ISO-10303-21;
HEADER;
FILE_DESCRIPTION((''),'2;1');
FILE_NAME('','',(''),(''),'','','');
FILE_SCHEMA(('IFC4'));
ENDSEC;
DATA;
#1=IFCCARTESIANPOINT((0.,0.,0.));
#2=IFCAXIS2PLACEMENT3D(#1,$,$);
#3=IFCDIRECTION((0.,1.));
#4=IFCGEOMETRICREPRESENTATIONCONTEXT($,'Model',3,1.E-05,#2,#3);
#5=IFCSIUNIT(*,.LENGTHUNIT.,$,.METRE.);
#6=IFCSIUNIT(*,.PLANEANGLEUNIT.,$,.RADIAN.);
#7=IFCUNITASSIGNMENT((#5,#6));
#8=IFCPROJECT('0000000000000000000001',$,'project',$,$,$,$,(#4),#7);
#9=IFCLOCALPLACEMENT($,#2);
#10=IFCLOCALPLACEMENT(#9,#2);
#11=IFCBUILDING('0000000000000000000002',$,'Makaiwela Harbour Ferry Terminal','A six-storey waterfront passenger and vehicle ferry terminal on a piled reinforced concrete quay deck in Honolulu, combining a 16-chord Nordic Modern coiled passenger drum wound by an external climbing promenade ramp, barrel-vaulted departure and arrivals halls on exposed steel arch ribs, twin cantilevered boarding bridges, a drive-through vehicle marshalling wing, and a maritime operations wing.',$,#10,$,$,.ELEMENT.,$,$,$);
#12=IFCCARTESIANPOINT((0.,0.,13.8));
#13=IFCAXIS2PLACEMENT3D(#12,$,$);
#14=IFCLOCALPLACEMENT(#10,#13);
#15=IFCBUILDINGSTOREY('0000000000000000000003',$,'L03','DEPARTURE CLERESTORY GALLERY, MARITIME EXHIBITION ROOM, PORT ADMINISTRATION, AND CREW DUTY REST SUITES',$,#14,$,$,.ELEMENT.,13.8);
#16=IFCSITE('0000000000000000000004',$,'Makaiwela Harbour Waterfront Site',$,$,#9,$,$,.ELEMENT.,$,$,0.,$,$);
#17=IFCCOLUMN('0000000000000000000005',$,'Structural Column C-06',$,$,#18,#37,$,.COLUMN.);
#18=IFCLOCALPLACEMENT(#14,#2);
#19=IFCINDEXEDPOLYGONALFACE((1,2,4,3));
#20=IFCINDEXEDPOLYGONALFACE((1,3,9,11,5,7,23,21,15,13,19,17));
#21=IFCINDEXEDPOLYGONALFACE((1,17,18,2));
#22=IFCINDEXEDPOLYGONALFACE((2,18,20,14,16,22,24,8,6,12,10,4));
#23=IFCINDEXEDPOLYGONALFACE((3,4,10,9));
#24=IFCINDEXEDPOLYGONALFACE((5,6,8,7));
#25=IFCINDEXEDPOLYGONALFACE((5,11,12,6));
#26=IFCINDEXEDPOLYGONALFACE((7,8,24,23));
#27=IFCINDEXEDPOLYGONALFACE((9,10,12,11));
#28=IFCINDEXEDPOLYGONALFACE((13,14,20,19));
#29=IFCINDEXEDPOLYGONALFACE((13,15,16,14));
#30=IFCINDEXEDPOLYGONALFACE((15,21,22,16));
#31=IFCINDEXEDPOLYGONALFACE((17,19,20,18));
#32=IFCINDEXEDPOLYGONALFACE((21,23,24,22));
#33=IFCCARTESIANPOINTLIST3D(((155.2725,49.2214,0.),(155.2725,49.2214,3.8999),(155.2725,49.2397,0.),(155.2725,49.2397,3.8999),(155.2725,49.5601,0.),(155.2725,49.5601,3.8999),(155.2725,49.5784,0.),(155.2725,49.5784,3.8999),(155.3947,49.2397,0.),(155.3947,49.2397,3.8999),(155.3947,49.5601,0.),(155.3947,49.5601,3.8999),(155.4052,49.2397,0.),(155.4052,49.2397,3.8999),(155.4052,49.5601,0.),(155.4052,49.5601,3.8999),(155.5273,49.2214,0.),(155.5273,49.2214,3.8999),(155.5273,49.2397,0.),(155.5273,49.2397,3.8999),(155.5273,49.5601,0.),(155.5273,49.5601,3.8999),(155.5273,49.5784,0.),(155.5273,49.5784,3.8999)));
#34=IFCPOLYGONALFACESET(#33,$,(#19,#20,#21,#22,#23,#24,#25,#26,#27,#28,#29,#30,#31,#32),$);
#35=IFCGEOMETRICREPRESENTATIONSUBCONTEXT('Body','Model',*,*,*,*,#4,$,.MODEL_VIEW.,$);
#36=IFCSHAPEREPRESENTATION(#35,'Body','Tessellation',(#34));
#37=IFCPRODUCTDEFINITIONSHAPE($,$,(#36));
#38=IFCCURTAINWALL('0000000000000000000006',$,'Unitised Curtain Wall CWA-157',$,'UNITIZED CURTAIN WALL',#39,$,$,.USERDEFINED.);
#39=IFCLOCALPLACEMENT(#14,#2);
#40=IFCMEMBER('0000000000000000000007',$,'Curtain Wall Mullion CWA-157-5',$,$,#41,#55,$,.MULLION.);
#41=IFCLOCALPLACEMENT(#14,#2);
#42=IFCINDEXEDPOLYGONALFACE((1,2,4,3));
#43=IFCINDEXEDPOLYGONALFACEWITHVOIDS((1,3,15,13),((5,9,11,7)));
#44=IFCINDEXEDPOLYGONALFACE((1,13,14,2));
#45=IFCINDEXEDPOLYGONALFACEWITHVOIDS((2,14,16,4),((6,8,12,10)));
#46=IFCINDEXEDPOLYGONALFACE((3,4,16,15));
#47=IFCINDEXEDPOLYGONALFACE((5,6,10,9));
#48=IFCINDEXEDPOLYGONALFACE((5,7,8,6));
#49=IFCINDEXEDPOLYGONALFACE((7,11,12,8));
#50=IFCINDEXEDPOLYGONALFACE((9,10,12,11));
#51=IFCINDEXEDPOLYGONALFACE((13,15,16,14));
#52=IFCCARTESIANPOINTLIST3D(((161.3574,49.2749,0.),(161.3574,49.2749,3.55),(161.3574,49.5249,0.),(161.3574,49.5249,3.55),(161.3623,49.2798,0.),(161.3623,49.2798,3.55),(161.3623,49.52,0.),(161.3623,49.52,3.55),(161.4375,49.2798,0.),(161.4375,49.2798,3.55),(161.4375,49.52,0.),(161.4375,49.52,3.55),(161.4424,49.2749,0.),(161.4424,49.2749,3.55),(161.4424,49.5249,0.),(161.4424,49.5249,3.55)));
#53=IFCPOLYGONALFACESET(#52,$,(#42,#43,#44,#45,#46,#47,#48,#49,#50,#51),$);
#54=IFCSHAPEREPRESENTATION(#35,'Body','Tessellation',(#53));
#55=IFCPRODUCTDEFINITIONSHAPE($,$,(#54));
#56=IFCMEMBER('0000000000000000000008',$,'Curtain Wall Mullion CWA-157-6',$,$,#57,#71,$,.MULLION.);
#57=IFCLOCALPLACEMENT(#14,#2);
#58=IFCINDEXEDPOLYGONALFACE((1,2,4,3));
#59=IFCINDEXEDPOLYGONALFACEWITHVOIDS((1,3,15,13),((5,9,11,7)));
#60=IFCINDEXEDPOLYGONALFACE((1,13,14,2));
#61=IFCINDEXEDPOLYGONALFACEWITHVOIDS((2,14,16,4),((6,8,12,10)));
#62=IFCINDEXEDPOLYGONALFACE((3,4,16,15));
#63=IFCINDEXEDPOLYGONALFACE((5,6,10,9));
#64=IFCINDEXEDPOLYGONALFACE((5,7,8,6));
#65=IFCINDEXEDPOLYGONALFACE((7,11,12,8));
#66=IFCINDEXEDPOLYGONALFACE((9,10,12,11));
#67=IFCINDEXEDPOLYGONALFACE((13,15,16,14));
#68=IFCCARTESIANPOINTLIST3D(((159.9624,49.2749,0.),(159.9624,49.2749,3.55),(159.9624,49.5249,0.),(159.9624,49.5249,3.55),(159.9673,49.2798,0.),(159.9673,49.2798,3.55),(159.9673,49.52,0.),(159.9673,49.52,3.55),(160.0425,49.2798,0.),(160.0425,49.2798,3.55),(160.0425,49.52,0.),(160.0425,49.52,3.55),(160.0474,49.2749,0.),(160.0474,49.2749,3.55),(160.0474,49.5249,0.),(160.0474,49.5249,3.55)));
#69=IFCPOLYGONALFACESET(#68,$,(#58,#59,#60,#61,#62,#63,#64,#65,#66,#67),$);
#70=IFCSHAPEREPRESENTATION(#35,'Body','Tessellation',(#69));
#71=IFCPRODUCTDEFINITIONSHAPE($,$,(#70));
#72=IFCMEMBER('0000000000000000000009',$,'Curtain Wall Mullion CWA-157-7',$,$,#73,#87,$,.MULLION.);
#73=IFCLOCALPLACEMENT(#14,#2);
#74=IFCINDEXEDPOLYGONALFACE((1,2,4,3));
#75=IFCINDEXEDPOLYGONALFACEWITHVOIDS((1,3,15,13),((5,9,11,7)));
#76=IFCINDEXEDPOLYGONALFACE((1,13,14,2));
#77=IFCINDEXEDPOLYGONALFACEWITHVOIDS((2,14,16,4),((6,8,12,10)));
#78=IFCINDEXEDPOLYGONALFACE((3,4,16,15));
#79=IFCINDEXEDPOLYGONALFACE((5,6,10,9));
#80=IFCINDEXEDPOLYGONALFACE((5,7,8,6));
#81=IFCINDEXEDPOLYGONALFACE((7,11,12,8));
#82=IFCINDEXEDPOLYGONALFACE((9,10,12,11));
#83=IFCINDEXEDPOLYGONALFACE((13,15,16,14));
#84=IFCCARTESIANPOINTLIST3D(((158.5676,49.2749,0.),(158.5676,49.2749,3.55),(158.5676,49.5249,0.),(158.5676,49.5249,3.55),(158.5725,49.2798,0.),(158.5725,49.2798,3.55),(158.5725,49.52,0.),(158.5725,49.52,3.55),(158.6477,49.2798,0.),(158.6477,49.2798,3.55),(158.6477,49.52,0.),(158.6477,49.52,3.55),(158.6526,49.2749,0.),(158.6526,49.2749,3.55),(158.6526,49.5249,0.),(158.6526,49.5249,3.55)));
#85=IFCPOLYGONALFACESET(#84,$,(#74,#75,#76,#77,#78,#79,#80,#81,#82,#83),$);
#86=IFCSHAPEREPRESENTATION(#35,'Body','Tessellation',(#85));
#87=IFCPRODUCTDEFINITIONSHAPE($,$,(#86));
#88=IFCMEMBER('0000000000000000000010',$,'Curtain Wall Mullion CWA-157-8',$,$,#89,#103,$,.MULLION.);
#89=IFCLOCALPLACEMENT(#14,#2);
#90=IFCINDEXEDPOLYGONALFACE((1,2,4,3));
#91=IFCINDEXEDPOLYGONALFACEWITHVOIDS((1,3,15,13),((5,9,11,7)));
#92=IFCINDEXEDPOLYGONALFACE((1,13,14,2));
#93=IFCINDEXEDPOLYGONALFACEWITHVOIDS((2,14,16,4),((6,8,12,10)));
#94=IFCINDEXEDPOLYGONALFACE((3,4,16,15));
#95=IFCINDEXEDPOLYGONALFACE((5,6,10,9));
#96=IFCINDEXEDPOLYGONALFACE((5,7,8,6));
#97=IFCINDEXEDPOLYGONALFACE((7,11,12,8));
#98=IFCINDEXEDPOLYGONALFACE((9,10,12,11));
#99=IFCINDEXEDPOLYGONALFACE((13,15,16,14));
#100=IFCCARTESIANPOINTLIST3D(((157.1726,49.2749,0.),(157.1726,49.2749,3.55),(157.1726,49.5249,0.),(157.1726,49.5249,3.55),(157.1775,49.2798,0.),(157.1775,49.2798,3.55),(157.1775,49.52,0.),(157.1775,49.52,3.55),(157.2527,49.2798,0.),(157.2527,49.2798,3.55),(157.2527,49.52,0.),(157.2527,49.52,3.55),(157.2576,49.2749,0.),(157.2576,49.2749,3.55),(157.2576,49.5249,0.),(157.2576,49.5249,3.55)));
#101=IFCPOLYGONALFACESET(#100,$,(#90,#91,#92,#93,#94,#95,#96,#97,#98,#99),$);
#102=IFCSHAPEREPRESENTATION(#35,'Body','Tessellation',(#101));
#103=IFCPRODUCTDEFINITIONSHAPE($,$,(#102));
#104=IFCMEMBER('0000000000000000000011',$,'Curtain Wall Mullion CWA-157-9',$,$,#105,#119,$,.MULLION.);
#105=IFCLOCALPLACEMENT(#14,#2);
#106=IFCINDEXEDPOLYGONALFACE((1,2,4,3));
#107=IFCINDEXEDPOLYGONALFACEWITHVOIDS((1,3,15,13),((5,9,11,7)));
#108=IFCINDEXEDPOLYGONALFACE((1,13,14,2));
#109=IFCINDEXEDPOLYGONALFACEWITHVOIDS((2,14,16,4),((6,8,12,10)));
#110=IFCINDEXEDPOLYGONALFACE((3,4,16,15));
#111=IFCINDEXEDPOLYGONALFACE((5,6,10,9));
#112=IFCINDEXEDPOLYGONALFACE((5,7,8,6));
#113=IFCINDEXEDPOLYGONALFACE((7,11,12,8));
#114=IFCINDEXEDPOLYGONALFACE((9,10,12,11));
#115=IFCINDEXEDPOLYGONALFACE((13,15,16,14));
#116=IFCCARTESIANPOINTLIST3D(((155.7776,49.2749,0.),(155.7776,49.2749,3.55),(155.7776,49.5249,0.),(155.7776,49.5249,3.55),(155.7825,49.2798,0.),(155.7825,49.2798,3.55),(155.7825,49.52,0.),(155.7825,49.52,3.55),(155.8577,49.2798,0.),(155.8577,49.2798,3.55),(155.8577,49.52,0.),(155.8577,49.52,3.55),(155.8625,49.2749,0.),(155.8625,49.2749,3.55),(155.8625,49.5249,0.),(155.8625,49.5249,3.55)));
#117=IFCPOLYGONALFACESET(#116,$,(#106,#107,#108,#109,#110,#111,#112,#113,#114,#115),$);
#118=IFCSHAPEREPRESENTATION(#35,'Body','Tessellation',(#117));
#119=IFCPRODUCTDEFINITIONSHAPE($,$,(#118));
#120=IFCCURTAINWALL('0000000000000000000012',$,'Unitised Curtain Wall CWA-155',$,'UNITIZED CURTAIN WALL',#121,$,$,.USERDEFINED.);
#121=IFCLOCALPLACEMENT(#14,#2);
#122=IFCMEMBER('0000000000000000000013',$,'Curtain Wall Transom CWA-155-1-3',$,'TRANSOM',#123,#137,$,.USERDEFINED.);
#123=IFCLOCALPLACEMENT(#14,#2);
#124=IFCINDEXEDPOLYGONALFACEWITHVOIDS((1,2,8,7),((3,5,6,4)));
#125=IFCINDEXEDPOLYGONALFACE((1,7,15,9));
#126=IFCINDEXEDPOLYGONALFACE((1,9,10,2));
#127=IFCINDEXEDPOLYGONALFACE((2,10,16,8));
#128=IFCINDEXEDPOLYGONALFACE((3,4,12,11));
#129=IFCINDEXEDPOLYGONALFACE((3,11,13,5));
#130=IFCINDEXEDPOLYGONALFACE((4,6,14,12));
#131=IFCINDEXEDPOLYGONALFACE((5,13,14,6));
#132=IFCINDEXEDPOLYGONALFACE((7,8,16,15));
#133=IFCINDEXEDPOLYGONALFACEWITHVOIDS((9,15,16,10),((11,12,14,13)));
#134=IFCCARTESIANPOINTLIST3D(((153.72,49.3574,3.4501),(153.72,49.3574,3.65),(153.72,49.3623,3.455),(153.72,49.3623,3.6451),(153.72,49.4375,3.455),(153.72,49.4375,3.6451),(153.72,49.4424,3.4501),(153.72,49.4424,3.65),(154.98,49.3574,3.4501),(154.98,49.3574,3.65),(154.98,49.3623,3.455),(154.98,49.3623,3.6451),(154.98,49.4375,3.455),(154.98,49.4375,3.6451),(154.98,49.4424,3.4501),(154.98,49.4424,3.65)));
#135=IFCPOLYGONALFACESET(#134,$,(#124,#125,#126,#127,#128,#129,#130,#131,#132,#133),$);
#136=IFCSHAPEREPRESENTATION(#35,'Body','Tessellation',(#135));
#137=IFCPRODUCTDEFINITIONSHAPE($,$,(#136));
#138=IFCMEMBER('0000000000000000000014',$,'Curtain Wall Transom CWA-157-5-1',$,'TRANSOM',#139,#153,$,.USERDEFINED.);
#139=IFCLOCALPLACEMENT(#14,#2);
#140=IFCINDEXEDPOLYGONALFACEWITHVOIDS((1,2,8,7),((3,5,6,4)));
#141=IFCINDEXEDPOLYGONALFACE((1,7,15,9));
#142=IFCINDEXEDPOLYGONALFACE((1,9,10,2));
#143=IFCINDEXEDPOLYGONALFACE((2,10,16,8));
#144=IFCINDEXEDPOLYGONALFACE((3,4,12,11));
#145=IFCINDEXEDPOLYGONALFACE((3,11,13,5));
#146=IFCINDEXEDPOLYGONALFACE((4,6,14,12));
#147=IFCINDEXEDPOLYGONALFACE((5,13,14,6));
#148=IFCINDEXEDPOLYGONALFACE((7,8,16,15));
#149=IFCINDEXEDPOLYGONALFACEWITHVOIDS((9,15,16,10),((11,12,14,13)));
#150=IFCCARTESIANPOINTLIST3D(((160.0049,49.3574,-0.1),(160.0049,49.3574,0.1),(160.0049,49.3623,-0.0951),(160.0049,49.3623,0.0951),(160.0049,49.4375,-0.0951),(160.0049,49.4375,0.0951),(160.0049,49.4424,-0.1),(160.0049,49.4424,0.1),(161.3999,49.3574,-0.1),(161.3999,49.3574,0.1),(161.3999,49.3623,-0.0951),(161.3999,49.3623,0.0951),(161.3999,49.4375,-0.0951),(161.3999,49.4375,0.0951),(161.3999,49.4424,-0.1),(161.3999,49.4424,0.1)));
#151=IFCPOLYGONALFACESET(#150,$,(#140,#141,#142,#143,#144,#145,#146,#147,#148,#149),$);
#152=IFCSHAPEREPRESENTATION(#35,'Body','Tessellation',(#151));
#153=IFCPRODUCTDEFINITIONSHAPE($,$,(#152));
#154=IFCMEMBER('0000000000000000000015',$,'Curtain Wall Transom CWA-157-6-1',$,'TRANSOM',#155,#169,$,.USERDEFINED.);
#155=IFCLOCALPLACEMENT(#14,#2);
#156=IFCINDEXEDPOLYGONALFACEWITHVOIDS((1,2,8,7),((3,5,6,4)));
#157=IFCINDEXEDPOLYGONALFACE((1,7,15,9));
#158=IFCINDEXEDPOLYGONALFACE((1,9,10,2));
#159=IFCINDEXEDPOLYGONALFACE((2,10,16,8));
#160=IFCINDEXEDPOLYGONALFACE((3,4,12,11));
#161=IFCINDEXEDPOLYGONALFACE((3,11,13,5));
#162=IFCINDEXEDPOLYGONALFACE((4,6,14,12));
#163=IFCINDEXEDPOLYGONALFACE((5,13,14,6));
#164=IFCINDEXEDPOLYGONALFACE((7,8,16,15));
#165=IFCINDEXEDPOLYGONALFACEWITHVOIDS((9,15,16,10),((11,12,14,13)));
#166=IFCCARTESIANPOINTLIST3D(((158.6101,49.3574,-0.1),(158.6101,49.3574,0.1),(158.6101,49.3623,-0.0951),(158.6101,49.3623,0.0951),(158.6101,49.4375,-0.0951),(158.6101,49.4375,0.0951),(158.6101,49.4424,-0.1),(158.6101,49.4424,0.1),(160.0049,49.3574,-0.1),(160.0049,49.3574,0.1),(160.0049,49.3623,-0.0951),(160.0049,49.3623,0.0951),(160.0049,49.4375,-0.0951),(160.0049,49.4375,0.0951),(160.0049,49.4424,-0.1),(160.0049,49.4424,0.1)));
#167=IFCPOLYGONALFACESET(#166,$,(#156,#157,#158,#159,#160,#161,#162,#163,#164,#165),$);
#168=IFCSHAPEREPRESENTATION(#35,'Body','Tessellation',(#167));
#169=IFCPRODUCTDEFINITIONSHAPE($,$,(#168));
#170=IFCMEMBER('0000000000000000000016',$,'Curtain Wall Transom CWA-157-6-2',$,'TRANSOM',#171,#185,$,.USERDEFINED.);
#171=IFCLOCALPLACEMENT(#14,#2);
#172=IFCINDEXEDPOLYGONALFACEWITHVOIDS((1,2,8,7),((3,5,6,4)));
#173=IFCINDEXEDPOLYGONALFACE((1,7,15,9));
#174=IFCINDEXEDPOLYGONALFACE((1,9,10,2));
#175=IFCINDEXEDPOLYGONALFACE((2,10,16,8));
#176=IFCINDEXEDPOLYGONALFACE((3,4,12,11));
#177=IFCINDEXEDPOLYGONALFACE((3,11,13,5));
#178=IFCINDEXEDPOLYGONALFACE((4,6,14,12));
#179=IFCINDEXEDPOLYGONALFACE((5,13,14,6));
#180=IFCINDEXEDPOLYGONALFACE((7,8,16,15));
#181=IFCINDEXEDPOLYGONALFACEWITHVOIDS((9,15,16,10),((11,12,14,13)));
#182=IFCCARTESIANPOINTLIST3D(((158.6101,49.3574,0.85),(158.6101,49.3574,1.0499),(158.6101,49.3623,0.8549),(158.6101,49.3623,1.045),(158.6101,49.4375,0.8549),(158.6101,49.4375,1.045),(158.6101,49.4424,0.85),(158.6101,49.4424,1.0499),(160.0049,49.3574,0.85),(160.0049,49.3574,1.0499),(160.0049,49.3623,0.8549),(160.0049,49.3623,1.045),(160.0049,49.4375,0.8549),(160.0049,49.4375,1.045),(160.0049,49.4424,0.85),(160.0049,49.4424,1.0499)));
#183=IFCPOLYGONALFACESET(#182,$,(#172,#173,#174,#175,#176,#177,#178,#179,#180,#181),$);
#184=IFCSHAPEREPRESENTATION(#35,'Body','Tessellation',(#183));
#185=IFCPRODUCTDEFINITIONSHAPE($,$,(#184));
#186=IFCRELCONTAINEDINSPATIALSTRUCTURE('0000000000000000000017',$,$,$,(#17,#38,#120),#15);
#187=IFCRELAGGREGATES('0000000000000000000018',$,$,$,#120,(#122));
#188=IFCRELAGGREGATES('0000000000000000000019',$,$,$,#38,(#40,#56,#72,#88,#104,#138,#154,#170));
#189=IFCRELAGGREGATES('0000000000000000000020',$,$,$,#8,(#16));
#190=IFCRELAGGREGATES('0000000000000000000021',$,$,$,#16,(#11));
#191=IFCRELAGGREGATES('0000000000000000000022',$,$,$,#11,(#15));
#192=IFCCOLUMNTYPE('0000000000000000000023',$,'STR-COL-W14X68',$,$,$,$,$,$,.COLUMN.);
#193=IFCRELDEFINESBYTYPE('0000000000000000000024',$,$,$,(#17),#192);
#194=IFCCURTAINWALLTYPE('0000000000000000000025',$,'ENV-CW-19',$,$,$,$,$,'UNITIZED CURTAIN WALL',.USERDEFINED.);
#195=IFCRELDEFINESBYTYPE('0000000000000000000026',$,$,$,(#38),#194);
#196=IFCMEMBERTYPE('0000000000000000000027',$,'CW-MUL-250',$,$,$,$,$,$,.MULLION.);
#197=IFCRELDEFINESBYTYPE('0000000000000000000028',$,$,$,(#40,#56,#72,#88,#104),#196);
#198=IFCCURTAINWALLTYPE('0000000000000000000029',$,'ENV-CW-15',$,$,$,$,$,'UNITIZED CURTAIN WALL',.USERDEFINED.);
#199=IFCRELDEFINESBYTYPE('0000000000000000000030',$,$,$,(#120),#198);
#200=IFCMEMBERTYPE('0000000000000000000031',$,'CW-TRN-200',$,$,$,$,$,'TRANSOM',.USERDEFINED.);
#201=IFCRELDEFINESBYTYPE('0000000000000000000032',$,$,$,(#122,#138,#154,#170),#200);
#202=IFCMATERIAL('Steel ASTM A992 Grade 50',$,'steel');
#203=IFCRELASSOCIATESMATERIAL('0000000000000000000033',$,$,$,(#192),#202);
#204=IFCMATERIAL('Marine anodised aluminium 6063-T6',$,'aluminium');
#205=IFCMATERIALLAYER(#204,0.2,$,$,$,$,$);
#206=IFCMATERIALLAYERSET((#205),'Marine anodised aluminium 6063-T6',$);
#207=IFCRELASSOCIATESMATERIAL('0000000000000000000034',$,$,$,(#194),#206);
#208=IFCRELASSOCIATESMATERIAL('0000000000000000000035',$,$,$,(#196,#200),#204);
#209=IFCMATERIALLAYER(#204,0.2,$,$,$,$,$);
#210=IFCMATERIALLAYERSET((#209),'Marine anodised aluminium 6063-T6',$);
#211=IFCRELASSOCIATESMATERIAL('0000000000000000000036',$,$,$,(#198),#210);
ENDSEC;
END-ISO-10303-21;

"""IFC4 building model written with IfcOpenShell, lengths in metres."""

from ifc_helpers import new_model, si_unit, direction, frame, origin, origin_2d, place, context, subcontext, project, spatial, hollow_rectangle, i_section, extrude, material, layer, layer_set, material_profile, profile_set, type_object, element, aggregate, save


model = new_model("IFC4")

# Units and contexts
model_context = context("Model", 3, precision=1e-05, world=origin(), true_north=direction((0.0, 1.0)))
body_context = subcontext(model_context, "Body", "Model", "MODEL_VIEW")
ifc_project = project(units=[si_unit("LENGTHUNIT", "METRE"), si_unit("PLANEANGLEUNIT", "RADIAN")], contexts=[model_context])

# Site, building, storey
site_placement = place(None, origin())
site = spatial("IfcSite", under=ifc_project, at=site_placement, Name="Makaiwela Harbour Waterfront Site", CompositionType="ELEMENT", RefElevation=0.0)
building_placement = place(site_placement, origin())
building = spatial("IfcBuilding", under=site, at=building_placement, Name="Makaiwela Harbour Ferry Terminal", Description="A six-storey waterfront passenger and vehicle ferry terminal on a piled reinforced concrete quay deck in Honolulu, combining a 16-chord Nordic Modern coiled passenger drum wound by an external climbing promenade ramp, barrel-vaulted departure and arrivals halls on exposed steel arch ribs, twin cantilevered boarding bridges, a drive-through vehicle marshalling wing, and a maritime operations wing.", CompositionType="ELEMENT")
storey_placement = place(building_placement, frame((0.0, 0.0, 13.8)))
storey = spatial("IfcBuildingStorey", under=building, at=storey_placement, Name="L03", Description="DEPARTURE CLERESTORY GALLERY, MARITIME EXHIBITION ROOM, PORT ADMINISTRATION, AND CREW DUTY REST SUITES", CompositionType="ELEMENT", Elevation=13.8)

# Column
ifc_material_1 = material(Name="Steel ASTM A992 Grade 50", Category="steel")
ifc_material_profile_1 = material_profile(ifc_material_1, i_section(OverallWidth=0.2549, OverallDepth=0.3569, WebThickness=0.0105, FlangeThickness=0.0183, at=origin_2d()), Name="W14X68")
ifc_profile_set_1 = profile_set([ifc_material_profile_1], Name="Steel ASTM A992 Grade 50")
column_type = type_object("IfcColumnType", Name="STR-COL-W14X68", PredefinedType="COLUMN", material=ifc_profile_set_1)
column_placement = place(storey_placement, frame((155.3999, 49.3999, 0.0), z_axis=(0.0, 0.0, 1.0), x_axis=(1.0, 0.0, 0.0)))
element("IfcColumn", 1, at=column_placement, inside=storey, type_object=column_type, Name="Structural Column C-06", PredefinedType="COLUMN", context=body_context, shape_type="SweptSolid", body=[
    extrude(i_section(OverallWidth=0.2549, OverallDepth=0.3569, WebThickness=0.0105, FlangeThickness=0.0183, at=origin_2d()), origin(), (0.0, 0.0, 1.0), 3.8999),
])

# Curtain wall, members
ifc_material_2 = material(Name="Marine anodised aluminium 6063-T6", Category="aluminium")
ifc_layer_1 = layer(ifc_material_2, 0.2)
ifc_layer_set_1 = layer_set([ifc_layer_1], Name="Marine anodised aluminium 6063-T6")
curtain_wall_type_1 = type_object("IfcCurtainWallType", Name="ENV-CW-19", ElementType="UNITIZED CURTAIN WALL", PredefinedType="USERDEFINED", material=ifc_layer_set_1)
curtain_wall_1_placement = place(storey_placement, origin())
curtain_wall_1 = element("IfcCurtainWall", 2, at=curtain_wall_1_placement, inside=storey, type_object=curtain_wall_type_1, Name="Unitised Curtain Wall CWA-157", ObjectType="UNITIZED CURTAIN WALL", PredefinedType="USERDEFINED")
ifc_material_profile_2 = material_profile(ifc_material_2, hollow_rectangle(XDim=0.085, YDim=0.25, WallThickness=0.0049, at=origin_2d()), Name="CWM-250X85")
ifc_profile_set_2 = profile_set([ifc_material_profile_2], Name="Marine anodised aluminium 6063-T6")
member_type_1 = type_object("IfcMemberType", Name="CW-MUL-250", PredefinedType="MULLION", material=ifc_profile_set_2)
member_1_placement = place(storey_placement, frame((161.3999, 49.3999, 0.0), z_axis=(0.0, 0.0, 1.0), x_axis=(1.0, 0.0, 0.0)))
member_1 = element("IfcMember", 3, at=member_1_placement, type_object=member_type_1, Name="Curtain Wall Mullion CWA-157-5", PredefinedType="MULLION", context=body_context, shape_type="SweptSolid", body=[
    extrude(hollow_rectangle(XDim=0.085, YDim=0.25, WallThickness=0.0049, at=origin_2d()), origin(), (0.0, 0.0, 1.0), 3.55),
])
member_2_placement = place(storey_placement, frame((160.0049, 49.3999, 0.0), z_axis=(0.0, 0.0, 1.0), x_axis=(1.0, 0.0, 0.0)))
member_2 = element("IfcMember", 4, at=member_2_placement, type_object=member_type_1, Name="Curtain Wall Mullion CWA-157-6", PredefinedType="MULLION", context=body_context, shape_type="SweptSolid", body=[
    extrude(hollow_rectangle(XDim=0.085, YDim=0.25, WallThickness=0.0049, at=origin_2d()), origin(), (0.0, 0.0, 1.0), 3.55),
])
member_3_placement = place(storey_placement, frame((158.6101, 49.3999, 0.0), z_axis=(0.0, 0.0, 1.0), x_axis=(1.0, 0.0, 0.0)))
member_3 = element("IfcMember", 5, at=member_3_placement, type_object=member_type_1, Name="Curtain Wall Mullion CWA-157-7", PredefinedType="MULLION", context=body_context, shape_type="SweptSolid", body=[
    extrude(hollow_rectangle(XDim=0.085, YDim=0.25, WallThickness=0.0049, at=origin_2d()), origin(), (0.0, 0.0, 1.0), 3.55),
])
member_4_placement = place(storey_placement, frame((157.2151, 49.3999, 0.0), z_axis=(0.0, 0.0, 1.0), x_axis=(1.0, 0.0, 0.0)))
member_4 = element("IfcMember", 6, at=member_4_placement, type_object=member_type_1, Name="Curtain Wall Mullion CWA-157-8", PredefinedType="MULLION", context=body_context, shape_type="SweptSolid", body=[
    extrude(hollow_rectangle(XDim=0.085, YDim=0.25, WallThickness=0.0049, at=origin_2d()), origin(), (0.0, 0.0, 1.0), 3.55),
])
member_5_placement = place(storey_placement, frame((155.8201, 49.3999, 0.0), z_axis=(0.0, 0.0, 1.0), x_axis=(1.0, 0.0, 0.0)))
member_5 = element("IfcMember", 7, at=member_5_placement, type_object=member_type_1, Name="Curtain Wall Mullion CWA-157-9", PredefinedType="MULLION", context=body_context, shape_type="SweptSolid", body=[
    extrude(hollow_rectangle(XDim=0.085, YDim=0.25, WallThickness=0.0049, at=origin_2d()), origin(), (0.0, 0.0, 1.0), 3.55),
])

# Curtain wall, member
ifc_layer_2 = layer(ifc_material_2, 0.2)
ifc_layer_set_2 = layer_set([ifc_layer_2], Name="Marine anodised aluminium 6063-T6")
curtain_wall_type_2 = type_object("IfcCurtainWallType", Name="ENV-CW-15", ElementType="UNITIZED CURTAIN WALL", PredefinedType="USERDEFINED", material=ifc_layer_set_2)
curtain_wall_2_placement = place(storey_placement, origin())
curtain_wall_2 = element("IfcCurtainWall", 8, at=curtain_wall_2_placement, inside=storey, type_object=curtain_wall_type_2, Name="Unitised Curtain Wall CWA-155", ObjectType="UNITIZED CURTAIN WALL", PredefinedType="USERDEFINED")
ifc_material_profile_3 = material_profile(ifc_material_2, hollow_rectangle(XDim=0.085, YDim=0.2, WallThickness=0.0049, at=origin_2d()), Name="CWT-200X85")
ifc_profile_set_3 = profile_set([ifc_material_profile_3], Name="Marine anodised aluminium 6063-T6")
member_type_2 = type_object("IfcMemberType", Name="CW-TRN-200", ElementType="TRANSOM", PredefinedType="USERDEFINED", material=ifc_profile_set_3)
member_6_placement = place(storey_placement, frame((154.98, 49.3999, 3.55), z_axis=(-1.0, 0.0, 0.0), x_axis=(0.0, -1.0, 0.0)))
member_6 = element("IfcMember", 9, at=member_6_placement, type_object=member_type_2, Name="Curtain Wall Transom CWA-155-1-3", ObjectType="TRANSOM", PredefinedType="USERDEFINED", context=body_context, shape_type="SweptSolid", body=[
    extrude(hollow_rectangle(XDim=0.085, YDim=0.2, WallThickness=0.0049, at=origin_2d()), origin(), (0.0, 0.0, 1.0), 1.26),
])
aggregate(curtain_wall_2, [member_6])

# Members
member_7_placement = place(storey_placement, frame((161.3999, 49.3999, 0.0), z_axis=(-1.0, 0.0, 0.0), x_axis=(0.0, -1.0, 0.0)))
member_7 = element("IfcMember", 10, at=member_7_placement, type_object=member_type_2, Name="Curtain Wall Transom CWA-157-5-1", ObjectType="TRANSOM", PredefinedType="USERDEFINED", context=body_context, shape_type="SweptSolid", body=[
    extrude(hollow_rectangle(XDim=0.085, YDim=0.2, WallThickness=0.0049, at=origin_2d()), origin(), (0.0, 0.0, 1.0), 1.395),
])
member_8_placement = place(storey_placement, frame((160.0049, 49.3999, 0.0), z_axis=(-1.0, 0.0, 0.0), x_axis=(0.0, -1.0, 0.0)))
member_8 = element("IfcMember", 11, at=member_8_placement, type_object=member_type_2, Name="Curtain Wall Transom CWA-157-6-1", ObjectType="TRANSOM", PredefinedType="USERDEFINED", context=body_context, shape_type="SweptSolid", body=[
    extrude(hollow_rectangle(XDim=0.085, YDim=0.2, WallThickness=0.0049, at=origin_2d()), origin(), (0.0, 0.0, 1.0), 1.3948),
])
member_9_placement = place(storey_placement, frame((160.0049, 49.3999, 0.95), z_axis=(-1.0, 0.0, 0.0), x_axis=(0.0, -1.0, 0.0)))
member_9 = element("IfcMember", 12, at=member_9_placement, type_object=member_type_2, Name="Curtain Wall Transom CWA-157-6-2", ObjectType="TRANSOM", PredefinedType="USERDEFINED", context=body_context, shape_type="SweptSolid", body=[
    extrude(hollow_rectangle(XDim=0.085, YDim=0.2, WallThickness=0.0049, at=origin_2d()), origin(), (0.0, 0.0, 1.0), 1.3948),
])

aggregate(curtain_wall_1, [member_1, member_2, member_3, member_4, member_5, member_7, member_8, member_9])

save(model, "model.ifc")
